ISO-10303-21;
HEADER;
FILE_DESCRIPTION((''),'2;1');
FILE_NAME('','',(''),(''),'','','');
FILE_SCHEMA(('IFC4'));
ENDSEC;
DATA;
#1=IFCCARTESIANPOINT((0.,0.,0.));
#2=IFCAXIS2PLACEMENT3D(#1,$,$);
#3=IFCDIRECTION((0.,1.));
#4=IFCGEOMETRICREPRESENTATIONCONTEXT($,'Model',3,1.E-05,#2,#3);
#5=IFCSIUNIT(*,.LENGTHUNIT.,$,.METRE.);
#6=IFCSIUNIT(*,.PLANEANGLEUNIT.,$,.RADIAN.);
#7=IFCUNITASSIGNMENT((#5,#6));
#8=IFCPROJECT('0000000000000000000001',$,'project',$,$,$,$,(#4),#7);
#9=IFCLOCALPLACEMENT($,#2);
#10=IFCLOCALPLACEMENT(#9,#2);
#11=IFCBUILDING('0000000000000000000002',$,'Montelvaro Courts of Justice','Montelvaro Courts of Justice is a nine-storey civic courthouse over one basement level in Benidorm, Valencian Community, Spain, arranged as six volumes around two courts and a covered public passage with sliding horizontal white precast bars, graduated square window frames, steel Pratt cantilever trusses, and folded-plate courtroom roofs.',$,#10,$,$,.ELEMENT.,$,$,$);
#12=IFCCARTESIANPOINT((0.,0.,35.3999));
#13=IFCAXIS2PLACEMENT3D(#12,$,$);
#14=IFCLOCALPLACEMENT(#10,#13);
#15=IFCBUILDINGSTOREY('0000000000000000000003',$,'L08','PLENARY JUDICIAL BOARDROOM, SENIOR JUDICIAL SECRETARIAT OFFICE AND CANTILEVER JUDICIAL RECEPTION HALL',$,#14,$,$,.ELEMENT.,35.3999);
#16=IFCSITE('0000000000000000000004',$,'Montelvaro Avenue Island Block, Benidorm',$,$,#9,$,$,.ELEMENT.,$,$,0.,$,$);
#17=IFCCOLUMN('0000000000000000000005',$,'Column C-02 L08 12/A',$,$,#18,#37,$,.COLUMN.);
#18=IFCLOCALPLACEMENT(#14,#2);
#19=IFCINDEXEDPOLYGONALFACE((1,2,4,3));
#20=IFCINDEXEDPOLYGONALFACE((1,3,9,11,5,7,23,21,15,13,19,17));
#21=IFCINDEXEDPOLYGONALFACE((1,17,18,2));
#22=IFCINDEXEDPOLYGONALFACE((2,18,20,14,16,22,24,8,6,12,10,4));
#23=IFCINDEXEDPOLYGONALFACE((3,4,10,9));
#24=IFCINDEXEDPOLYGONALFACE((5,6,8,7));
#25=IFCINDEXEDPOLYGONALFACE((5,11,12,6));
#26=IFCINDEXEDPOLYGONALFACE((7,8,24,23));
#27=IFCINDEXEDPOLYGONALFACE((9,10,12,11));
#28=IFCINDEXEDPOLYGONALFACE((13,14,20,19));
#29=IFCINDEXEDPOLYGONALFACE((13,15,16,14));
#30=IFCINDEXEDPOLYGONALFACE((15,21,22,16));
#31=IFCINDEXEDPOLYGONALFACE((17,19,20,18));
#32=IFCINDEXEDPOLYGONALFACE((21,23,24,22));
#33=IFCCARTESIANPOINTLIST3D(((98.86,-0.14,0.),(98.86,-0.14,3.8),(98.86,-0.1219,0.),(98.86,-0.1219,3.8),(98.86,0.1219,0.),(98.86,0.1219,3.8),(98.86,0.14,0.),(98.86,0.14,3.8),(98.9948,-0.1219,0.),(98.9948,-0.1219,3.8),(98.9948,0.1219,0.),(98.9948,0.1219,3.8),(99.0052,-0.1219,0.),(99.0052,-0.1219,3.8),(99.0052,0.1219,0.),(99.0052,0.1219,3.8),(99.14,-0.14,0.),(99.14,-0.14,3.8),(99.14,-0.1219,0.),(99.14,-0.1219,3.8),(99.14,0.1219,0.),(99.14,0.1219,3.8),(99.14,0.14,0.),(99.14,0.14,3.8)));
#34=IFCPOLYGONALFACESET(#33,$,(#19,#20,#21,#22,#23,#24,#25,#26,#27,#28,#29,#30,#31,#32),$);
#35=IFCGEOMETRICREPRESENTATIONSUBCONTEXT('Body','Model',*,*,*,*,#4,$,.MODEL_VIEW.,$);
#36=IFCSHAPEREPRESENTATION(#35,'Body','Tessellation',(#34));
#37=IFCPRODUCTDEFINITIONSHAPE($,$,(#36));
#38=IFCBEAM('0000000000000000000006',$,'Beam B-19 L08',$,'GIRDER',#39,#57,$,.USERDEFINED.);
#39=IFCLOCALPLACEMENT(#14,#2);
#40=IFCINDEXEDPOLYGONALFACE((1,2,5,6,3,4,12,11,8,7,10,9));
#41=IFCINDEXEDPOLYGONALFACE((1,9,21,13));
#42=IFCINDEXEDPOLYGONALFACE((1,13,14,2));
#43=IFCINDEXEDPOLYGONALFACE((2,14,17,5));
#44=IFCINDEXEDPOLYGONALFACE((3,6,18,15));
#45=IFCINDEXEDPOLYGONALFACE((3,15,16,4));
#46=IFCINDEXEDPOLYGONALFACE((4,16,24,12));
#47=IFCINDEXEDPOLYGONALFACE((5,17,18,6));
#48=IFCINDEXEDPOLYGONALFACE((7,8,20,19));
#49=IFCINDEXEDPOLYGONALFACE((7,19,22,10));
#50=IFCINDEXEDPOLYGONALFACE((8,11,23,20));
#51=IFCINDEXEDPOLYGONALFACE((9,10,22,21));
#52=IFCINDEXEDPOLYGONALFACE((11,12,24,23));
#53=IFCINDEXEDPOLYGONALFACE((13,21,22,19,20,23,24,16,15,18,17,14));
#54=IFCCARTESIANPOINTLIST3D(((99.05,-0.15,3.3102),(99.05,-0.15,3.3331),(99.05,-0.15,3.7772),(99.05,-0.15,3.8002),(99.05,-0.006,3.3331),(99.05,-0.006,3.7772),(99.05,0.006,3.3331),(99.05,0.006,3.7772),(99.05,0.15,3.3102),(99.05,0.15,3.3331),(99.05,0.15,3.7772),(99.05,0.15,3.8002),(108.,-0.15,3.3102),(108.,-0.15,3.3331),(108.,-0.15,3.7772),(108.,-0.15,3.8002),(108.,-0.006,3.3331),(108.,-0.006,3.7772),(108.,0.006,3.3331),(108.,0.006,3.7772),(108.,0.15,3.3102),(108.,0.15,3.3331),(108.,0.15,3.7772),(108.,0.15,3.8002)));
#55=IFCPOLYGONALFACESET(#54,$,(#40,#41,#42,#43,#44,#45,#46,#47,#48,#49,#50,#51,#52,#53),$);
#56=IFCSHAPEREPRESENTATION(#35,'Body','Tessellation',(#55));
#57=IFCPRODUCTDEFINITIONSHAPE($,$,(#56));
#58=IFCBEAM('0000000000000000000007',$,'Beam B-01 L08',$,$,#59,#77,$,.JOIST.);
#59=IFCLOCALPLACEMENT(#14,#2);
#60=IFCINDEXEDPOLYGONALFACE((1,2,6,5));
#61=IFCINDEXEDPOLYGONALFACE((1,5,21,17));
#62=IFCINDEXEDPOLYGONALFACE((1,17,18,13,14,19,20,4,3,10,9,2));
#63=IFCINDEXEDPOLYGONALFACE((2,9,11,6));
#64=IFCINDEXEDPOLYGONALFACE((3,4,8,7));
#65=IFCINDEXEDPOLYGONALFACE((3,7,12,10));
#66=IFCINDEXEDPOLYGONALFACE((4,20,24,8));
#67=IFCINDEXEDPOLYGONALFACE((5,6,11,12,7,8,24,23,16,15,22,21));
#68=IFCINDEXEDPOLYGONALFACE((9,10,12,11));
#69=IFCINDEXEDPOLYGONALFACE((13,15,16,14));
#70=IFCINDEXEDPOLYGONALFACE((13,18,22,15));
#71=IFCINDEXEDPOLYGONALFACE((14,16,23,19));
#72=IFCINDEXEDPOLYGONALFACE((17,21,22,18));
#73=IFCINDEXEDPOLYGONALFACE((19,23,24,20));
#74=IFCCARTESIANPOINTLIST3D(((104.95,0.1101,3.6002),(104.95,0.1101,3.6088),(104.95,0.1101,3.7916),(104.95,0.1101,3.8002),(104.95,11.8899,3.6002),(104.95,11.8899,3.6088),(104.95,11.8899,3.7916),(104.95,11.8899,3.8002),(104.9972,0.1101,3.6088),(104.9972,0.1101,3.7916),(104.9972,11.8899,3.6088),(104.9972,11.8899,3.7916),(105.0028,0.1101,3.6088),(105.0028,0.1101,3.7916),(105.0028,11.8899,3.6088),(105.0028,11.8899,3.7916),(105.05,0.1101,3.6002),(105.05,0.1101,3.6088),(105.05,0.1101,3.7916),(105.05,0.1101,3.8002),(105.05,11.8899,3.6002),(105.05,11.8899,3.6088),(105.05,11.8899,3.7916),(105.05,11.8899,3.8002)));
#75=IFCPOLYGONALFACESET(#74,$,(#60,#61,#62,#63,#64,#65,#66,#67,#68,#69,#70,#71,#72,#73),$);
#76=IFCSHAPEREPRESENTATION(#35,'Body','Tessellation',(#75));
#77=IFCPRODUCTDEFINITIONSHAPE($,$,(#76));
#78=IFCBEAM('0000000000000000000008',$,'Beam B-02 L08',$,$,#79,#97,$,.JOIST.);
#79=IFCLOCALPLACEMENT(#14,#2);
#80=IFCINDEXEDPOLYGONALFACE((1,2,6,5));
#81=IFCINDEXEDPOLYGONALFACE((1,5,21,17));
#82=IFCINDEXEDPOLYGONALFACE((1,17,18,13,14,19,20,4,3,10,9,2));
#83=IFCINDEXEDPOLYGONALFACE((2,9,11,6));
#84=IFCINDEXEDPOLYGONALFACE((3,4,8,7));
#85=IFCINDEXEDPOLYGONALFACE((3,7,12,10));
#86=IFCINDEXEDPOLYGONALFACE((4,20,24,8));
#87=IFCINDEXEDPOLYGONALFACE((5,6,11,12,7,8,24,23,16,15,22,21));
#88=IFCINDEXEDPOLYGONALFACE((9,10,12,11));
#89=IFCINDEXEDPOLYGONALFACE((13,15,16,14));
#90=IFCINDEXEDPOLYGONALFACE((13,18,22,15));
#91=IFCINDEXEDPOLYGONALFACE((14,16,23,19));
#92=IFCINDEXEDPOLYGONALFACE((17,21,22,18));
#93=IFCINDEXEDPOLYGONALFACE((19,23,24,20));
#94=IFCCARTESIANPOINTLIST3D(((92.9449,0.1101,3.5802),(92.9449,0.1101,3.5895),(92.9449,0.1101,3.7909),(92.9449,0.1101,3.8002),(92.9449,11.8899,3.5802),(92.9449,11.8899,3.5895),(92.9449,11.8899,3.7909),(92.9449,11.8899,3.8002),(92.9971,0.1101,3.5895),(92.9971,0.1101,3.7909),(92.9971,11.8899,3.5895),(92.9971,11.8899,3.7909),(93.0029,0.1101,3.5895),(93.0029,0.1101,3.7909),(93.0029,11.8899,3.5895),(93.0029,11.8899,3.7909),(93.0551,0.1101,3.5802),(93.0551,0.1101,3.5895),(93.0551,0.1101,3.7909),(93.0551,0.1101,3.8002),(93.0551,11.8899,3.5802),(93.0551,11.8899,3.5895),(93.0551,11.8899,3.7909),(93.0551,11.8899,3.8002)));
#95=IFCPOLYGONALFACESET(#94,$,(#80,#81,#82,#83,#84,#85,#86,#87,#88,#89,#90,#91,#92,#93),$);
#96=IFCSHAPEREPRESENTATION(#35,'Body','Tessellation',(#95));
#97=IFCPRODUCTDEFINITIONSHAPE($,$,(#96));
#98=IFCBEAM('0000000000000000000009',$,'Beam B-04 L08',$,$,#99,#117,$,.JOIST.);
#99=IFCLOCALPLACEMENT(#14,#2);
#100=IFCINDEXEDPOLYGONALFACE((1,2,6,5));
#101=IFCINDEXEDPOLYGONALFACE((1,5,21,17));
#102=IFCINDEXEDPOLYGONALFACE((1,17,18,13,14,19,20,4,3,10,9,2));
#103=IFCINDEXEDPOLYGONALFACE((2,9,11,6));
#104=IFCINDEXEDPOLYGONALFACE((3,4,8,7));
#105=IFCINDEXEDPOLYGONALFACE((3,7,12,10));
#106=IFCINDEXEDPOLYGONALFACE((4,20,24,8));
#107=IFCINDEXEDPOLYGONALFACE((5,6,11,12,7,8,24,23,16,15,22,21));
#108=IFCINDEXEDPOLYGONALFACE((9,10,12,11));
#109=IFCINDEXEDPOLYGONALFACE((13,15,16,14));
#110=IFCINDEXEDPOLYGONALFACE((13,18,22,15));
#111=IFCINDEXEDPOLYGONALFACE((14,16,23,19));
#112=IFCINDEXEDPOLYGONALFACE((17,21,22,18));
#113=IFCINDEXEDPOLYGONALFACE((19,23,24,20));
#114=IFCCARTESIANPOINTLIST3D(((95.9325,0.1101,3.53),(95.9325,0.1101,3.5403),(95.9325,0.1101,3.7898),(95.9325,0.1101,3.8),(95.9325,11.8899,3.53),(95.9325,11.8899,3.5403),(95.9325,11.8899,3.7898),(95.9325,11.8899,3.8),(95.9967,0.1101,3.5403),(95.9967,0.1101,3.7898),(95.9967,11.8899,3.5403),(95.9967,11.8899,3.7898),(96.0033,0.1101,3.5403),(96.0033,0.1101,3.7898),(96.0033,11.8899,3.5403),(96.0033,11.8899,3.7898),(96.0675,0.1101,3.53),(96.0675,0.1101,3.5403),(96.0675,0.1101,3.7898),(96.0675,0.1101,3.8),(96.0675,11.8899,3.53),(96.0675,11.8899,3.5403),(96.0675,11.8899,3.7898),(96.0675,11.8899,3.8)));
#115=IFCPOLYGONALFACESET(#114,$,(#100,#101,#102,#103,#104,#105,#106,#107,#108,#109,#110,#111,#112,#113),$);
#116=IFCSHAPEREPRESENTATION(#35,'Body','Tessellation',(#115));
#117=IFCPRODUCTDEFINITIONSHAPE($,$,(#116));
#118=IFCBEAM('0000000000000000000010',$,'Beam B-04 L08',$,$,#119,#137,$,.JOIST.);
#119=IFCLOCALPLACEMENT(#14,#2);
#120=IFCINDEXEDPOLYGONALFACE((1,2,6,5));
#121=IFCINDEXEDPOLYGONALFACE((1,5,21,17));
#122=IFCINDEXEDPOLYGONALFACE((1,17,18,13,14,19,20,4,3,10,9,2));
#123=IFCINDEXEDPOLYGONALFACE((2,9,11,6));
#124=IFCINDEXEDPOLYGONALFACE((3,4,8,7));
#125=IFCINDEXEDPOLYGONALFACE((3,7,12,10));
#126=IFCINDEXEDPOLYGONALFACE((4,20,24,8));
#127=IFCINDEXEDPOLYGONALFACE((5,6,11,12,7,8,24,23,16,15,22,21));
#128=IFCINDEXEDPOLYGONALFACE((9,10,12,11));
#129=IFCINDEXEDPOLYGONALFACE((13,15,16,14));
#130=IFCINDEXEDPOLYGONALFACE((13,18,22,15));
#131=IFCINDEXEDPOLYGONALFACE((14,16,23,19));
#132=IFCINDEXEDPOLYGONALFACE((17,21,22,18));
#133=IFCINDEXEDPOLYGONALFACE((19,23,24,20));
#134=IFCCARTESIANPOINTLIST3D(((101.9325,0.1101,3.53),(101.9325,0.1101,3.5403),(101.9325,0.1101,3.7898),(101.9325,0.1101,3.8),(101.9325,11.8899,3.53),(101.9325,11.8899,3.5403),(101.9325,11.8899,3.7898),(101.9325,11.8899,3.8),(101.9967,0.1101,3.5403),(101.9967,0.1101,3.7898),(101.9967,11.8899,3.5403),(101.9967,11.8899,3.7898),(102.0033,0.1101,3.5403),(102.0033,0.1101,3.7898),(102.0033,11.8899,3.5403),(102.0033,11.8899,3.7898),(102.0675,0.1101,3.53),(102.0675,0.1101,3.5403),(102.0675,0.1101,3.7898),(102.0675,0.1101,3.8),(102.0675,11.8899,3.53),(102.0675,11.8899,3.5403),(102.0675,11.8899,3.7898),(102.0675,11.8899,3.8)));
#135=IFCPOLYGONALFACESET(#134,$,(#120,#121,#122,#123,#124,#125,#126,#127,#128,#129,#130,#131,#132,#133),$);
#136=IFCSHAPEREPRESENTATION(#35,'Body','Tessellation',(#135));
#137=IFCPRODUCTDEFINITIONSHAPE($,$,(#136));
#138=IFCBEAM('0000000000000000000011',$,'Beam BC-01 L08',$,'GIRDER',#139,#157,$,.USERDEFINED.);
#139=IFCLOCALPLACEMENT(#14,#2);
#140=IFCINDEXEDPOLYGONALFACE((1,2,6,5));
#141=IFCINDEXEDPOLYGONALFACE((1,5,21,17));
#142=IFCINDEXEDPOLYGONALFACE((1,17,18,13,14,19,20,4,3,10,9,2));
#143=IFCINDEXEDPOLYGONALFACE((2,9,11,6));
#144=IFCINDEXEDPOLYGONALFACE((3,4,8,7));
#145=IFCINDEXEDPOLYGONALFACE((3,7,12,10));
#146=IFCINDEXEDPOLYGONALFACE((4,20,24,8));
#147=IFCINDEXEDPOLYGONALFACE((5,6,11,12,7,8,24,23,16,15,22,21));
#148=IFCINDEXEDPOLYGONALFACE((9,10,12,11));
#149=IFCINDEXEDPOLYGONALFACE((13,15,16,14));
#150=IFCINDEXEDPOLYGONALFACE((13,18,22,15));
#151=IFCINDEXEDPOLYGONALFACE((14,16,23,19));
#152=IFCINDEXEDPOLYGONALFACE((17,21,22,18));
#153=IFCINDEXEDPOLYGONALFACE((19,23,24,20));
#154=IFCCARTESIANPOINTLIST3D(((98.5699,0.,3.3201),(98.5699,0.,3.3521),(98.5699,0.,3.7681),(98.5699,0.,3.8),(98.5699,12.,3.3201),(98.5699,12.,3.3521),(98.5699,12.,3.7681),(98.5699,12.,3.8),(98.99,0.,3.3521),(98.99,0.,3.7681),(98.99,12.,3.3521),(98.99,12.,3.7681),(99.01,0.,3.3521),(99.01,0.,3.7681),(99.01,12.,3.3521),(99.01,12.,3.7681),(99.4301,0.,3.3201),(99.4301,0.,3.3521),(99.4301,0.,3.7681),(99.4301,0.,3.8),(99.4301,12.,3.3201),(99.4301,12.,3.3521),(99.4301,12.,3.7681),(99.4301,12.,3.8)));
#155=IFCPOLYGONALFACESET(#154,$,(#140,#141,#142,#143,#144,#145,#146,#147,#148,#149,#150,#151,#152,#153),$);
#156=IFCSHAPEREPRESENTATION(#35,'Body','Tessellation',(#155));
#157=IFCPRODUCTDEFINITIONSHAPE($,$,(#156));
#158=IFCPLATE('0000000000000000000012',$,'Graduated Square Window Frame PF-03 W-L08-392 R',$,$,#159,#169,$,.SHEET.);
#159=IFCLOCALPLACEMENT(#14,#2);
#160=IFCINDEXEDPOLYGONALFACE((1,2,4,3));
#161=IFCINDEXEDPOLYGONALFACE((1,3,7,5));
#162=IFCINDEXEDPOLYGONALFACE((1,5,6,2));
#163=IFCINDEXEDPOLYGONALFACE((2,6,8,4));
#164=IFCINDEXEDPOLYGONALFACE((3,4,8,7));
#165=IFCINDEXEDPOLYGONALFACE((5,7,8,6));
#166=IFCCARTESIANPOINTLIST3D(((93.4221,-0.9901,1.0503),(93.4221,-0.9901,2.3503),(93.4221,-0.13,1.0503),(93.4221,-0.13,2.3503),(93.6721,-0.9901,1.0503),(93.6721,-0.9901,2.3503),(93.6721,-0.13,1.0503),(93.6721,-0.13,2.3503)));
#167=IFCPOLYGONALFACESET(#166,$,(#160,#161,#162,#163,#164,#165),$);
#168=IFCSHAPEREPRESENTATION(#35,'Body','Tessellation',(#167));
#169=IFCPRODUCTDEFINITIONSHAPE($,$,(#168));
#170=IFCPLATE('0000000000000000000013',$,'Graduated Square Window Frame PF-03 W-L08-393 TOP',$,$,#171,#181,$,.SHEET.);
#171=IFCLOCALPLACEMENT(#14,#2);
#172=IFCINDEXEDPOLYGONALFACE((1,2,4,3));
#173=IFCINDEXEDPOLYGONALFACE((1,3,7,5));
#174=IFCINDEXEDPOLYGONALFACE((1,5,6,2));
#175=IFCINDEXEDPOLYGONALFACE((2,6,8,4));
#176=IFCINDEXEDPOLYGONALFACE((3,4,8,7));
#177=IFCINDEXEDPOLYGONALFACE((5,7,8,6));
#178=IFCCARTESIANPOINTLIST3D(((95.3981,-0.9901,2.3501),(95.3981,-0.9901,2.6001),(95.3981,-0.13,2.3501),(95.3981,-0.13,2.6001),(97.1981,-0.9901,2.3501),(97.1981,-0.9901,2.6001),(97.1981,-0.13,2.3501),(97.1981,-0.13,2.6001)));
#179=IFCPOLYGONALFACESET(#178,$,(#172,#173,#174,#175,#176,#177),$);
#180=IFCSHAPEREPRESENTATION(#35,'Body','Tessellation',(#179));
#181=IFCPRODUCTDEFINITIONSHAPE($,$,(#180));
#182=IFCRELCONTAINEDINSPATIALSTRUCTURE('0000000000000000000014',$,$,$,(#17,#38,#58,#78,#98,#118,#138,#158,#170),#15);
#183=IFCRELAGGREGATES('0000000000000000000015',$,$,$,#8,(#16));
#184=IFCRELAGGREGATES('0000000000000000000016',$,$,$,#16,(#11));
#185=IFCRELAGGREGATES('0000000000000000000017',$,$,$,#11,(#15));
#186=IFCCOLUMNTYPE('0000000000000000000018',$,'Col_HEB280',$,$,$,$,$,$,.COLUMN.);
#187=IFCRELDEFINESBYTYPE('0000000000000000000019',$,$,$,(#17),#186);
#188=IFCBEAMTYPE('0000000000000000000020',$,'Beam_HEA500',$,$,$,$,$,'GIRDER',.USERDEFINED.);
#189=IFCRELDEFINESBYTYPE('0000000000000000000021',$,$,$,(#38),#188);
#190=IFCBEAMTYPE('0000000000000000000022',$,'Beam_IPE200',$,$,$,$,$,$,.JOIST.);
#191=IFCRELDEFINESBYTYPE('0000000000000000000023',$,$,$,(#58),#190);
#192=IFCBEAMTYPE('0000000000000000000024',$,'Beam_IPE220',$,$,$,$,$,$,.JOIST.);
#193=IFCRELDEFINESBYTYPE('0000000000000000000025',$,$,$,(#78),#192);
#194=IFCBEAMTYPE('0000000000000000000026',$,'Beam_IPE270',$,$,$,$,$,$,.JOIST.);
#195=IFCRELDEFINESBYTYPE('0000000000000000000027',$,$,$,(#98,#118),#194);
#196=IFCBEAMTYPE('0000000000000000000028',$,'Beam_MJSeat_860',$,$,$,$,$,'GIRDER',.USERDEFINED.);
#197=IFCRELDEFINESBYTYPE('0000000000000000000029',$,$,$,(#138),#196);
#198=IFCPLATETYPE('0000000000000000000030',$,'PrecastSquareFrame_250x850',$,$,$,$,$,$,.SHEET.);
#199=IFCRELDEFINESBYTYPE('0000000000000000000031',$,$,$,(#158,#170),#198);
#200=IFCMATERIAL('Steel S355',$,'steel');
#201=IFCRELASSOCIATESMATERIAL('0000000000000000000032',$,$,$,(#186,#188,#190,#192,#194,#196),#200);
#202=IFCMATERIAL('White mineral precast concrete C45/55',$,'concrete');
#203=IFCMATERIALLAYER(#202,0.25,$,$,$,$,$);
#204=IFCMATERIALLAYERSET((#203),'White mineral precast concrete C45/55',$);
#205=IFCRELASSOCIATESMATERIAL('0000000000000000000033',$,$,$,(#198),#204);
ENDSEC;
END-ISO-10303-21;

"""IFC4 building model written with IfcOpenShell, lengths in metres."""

from ifc_helpers import new_model, si_unit, direction, frame, origin, origin_2d, place, context, subcontext, project, spatial, rectangle, i_section, extrude, material, layer, layer_set, material_profile, profile_set, type_object, element, save


model = new_model("IFC4")

# Units and contexts
model_context = context("Model", 3, precision=1e-05, world=origin(), true_north=direction((0.0, 1.0)))
body_context = subcontext(model_context, "Body", "Model", "MODEL_VIEW")
ifc_project = project(units=[si_unit("LENGTHUNIT", "METRE"), si_unit("PLANEANGLEUNIT", "RADIAN")], contexts=[model_context])

# Site, building, storey
site_placement = place(None, origin())
site = spatial("IfcSite", under=ifc_project, at=site_placement, Name="Montelvaro Avenue Island Block, Benidorm", CompositionType="ELEMENT", RefElevation=0.0)
building_placement = place(site_placement, origin())
building = spatial("IfcBuilding", under=site, at=building_placement, Name="Montelvaro Courts of Justice", Description="Montelvaro Courts of Justice is a nine-storey civic courthouse over one basement level in Benidorm, Valencian Community, Spain, arranged as six volumes around two courts and a covered public passage with sliding horizontal white precast bars, graduated square window frames, steel Pratt cantilever trusses, and folded-plate courtroom roofs.", CompositionType="ELEMENT")
storey_placement = place(building_placement, frame((0.0, 0.0, 35.3999)))
storey = spatial("IfcBuildingStorey", under=building, at=storey_placement, Name="L08", Description="PLENARY JUDICIAL BOARDROOM, SENIOR JUDICIAL SECRETARIAT OFFICE AND CANTILEVER JUDICIAL RECEPTION HALL", CompositionType="ELEMENT", Elevation=35.3999)

# Column
ifc_material_1 = material(Name="Steel S355", Category="steel")
ifc_material_profile_1 = material_profile(ifc_material_1, i_section(OverallWidth=0.28, OverallDepth=0.28, WebThickness=0.0105, FlangeThickness=0.0181, at=origin_2d()), Name="HEB 280")
ifc_profile_set_1 = profile_set([ifc_material_profile_1], Name="Steel S355")
column_type = type_object("IfcColumnType", Name="Col_HEB280", PredefinedType="COLUMN", material=ifc_profile_set_1)
column_placement = place(storey_placement, frame((99.0, 0.0, 0.0), z_axis=(0.0, 0.0, 1.0), x_axis=(1.0, 0.0, 0.0)))
element("IfcColumn", 1, at=column_placement, inside=storey, type_object=column_type, Name="Column C-02 L08 12/A", PredefinedType="COLUMN", context=body_context, shape_type="SweptSolid", body=[
    extrude(i_section(OverallWidth=0.28, OverallDepth=0.28, WebThickness=0.0105, FlangeThickness=0.0181, at=origin_2d()), origin(), (0.0, 0.0, 1.0), 3.8),
])

# Beams
ifc_material_profile_2 = material_profile(ifc_material_1, i_section(OverallWidth=0.3, OverallDepth=0.49, WebThickness=0.012, FlangeThickness=0.0229, at=origin_2d()), Name="HEA 500")
ifc_profile_set_2 = profile_set([ifc_material_profile_2], Name="Steel S355")
beam_type_1 = type_object("IfcBeamType", Name="Beam_HEA500", ElementType="GIRDER", PredefinedType="USERDEFINED", material=ifc_profile_set_2)
beam_1_placement = place(storey_placement, frame((99.05, 0.0, 3.5552), z_axis=(1.0, 0.0, 0.0), x_axis=(0.0, 1.0, 0.0)))
element("IfcBeam", 2, at=beam_1_placement, inside=storey, type_object=beam_type_1, Name="Beam B-19 L08", ObjectType="GIRDER", PredefinedType="USERDEFINED", context=body_context, shape_type="SweptSolid", body=[
    extrude(i_section(OverallWidth=0.3, OverallDepth=0.49, WebThickness=0.012, FlangeThickness=0.0229, at=origin_2d()), origin(), (0.0, 0.0, 1.0), 8.95),
])
ifc_material_profile_3 = material_profile(ifc_material_1, i_section(OverallWidth=0.1001, OverallDepth=0.2, WebThickness=0.0056, FlangeThickness=0.0085, at=origin_2d()), Name="IPE 200")
ifc_profile_set_3 = profile_set([ifc_material_profile_3], Name="Steel S355")
beam_type_2 = type_object("IfcBeamType", Name="Beam_IPE200", PredefinedType="JOIST", material=ifc_profile_set_3)
beam_2_placement = place(storey_placement, frame((105.0, 0.1101, 3.7002), z_axis=(0.0, 1.0, 0.0), x_axis=(-1.0, 0.0, 0.0)))
element("IfcBeam", 3, at=beam_2_placement, inside=storey, type_object=beam_type_2, Name="Beam B-01 L08", PredefinedType="JOIST", context=body_context, shape_type="SweptSolid", body=[
    extrude(i_section(OverallWidth=0.1001, OverallDepth=0.2, WebThickness=0.0056, FlangeThickness=0.0085, at=origin_2d()), origin(), (0.0, 0.0, 1.0), 11.7798),
])
ifc_material_profile_4 = material_profile(ifc_material_1, i_section(OverallWidth=0.1101, OverallDepth=0.22, WebThickness=0.0059, FlangeThickness=0.0093, at=origin_2d()), Name="IPE 220")
ifc_profile_set_4 = profile_set([ifc_material_profile_4], Name="Steel S355")
beam_type_3 = type_object("IfcBeamType", Name="Beam_IPE220", PredefinedType="JOIST", material=ifc_profile_set_4)
beam_3_placement = place(storey_placement, frame((93.0, 0.1101, 3.6902), z_axis=(0.0, 1.0, 0.0), x_axis=(-1.0, 0.0, 0.0)))
element("IfcBeam", 4, at=beam_3_placement, inside=storey, type_object=beam_type_3, Name="Beam B-02 L08", PredefinedType="JOIST", context=body_context, shape_type="SweptSolid", body=[
    extrude(i_section(OverallWidth=0.1101, OverallDepth=0.22, WebThickness=0.0059, FlangeThickness=0.0093, at=origin_2d()), origin(), (0.0, 0.0, 1.0), 11.7798),
])
ifc_material_profile_5 = material_profile(ifc_material_1, i_section(OverallWidth=0.135, OverallDepth=0.27, WebThickness=0.0066, FlangeThickness=0.0103, at=origin_2d()), Name="IPE 270")
ifc_profile_set_5 = profile_set([ifc_material_profile_5], Name="Steel S355")
beam_type_4 = type_object("IfcBeamType", Name="Beam_IPE270", PredefinedType="JOIST", material=ifc_profile_set_5)
for number, where, z_axis, x_axis, name in (
    (5, (96.0, 0.1101, 3.665), (0.0, 1.0, 0.0), (-1.0, 0.0, 0.0), "Beam B-04 L08"),
    (6, (102.0, 0.1101, 3.665), (0.0, 1.0, 0.0), (-1.0, 0.0, 0.0), "Beam B-04 L08"),
):
    element("IfcBeam", number, at=place(storey_placement, frame(where, z_axis=z_axis, x_axis=x_axis)), inside=storey, type_object=beam_type_4, Name=name, PredefinedType="JOIST", context=body_context, shape_type="SweptSolid", body=[
        extrude(i_section(OverallWidth=0.135, OverallDepth=0.27, WebThickness=0.0066, FlangeThickness=0.0103, at=origin_2d()), origin(), (0.0, 0.0, 1.0), 11.7798),
    ])
ifc_material_profile_6 = material_profile(ifc_material_1, i_section(OverallWidth=0.8601, OverallDepth=0.48, WebThickness=0.02, FlangeThickness=0.032, at=origin_2d()), Name="HL 480x860")
ifc_profile_set_6 = profile_set([ifc_material_profile_6], Name="Steel S355")
beam_type_5 = type_object("IfcBeamType", Name="Beam_MJSeat_860", ElementType="GIRDER", PredefinedType="USERDEFINED", material=ifc_profile_set_6)
beam_4_placement = place(storey_placement, frame((99.0, 0.0, 3.5601), z_axis=(0.0, 1.0, 0.0), x_axis=(-1.0, 0.0, 0.0)))
element("IfcBeam", 7, at=beam_4_placement, inside=storey, type_object=beam_type_5, Name="Beam BC-01 L08", ObjectType="GIRDER", PredefinedType="USERDEFINED", context=body_context, shape_type="SweptSolid", body=[
    extrude(i_section(OverallWidth=0.8601, OverallDepth=0.48, WebThickness=0.02, FlangeThickness=0.032, at=origin_2d()), origin(), (0.0, 0.0, 1.0), 12.0),
])

# Plates
ifc_material_2 = material(Name="White mineral precast concrete C45/55", Category="concrete")
ifc_layer_1 = layer(ifc_material_2, 0.25)
ifc_layer_set_1 = layer_set([ifc_layer_1], Name="White mineral precast concrete C45/55")
plate_type = type_object("IfcPlateType", Name="PrecastSquareFrame_250x850", PredefinedType="SHEET", material=ifc_layer_set_1)
plate_placement = place(storey_placement, frame((93.5471, -0.5601, 1.0503), z_axis=(0.0, 0.0, 1.0), x_axis=(1.0, 0.0, 0.0)))
element("IfcPlate", 8, at=plate_placement, inside=storey, type_object=plate_type, Name="Graduated Square Window Frame PF-03 W-L08-392 R", PredefinedType="SHEET", context=body_context, shape_type="SweptSolid", body=[
    extrude(rectangle(XDim=0.25, YDim=0.8601, at=origin_2d()), origin(), (0.0, 0.0, 1.0), 1.3),
])
for number, where, z_axis, x_axis, name in (
    (9, (96.2981, -0.5601, 2.3501), (0.0, 0.0, 1.0), (1.0, 0.0, 0.0), "Graduated Square Window Frame PF-03 W-L08-393 TOP"),
):
    element("IfcPlate", number, at=place(storey_placement, frame(where, z_axis=z_axis, x_axis=x_axis)), inside=storey, type_object=plate_type, Name=name, PredefinedType="SHEET", context=body_context, shape_type="SweptSolid", body=[
        extrude(rectangle(XDim=1.8, YDim=0.8601, at=origin_2d()), origin(), (0.0, 0.0, 1.0), 0.25),
    ])

save(model, "model.ifc")
